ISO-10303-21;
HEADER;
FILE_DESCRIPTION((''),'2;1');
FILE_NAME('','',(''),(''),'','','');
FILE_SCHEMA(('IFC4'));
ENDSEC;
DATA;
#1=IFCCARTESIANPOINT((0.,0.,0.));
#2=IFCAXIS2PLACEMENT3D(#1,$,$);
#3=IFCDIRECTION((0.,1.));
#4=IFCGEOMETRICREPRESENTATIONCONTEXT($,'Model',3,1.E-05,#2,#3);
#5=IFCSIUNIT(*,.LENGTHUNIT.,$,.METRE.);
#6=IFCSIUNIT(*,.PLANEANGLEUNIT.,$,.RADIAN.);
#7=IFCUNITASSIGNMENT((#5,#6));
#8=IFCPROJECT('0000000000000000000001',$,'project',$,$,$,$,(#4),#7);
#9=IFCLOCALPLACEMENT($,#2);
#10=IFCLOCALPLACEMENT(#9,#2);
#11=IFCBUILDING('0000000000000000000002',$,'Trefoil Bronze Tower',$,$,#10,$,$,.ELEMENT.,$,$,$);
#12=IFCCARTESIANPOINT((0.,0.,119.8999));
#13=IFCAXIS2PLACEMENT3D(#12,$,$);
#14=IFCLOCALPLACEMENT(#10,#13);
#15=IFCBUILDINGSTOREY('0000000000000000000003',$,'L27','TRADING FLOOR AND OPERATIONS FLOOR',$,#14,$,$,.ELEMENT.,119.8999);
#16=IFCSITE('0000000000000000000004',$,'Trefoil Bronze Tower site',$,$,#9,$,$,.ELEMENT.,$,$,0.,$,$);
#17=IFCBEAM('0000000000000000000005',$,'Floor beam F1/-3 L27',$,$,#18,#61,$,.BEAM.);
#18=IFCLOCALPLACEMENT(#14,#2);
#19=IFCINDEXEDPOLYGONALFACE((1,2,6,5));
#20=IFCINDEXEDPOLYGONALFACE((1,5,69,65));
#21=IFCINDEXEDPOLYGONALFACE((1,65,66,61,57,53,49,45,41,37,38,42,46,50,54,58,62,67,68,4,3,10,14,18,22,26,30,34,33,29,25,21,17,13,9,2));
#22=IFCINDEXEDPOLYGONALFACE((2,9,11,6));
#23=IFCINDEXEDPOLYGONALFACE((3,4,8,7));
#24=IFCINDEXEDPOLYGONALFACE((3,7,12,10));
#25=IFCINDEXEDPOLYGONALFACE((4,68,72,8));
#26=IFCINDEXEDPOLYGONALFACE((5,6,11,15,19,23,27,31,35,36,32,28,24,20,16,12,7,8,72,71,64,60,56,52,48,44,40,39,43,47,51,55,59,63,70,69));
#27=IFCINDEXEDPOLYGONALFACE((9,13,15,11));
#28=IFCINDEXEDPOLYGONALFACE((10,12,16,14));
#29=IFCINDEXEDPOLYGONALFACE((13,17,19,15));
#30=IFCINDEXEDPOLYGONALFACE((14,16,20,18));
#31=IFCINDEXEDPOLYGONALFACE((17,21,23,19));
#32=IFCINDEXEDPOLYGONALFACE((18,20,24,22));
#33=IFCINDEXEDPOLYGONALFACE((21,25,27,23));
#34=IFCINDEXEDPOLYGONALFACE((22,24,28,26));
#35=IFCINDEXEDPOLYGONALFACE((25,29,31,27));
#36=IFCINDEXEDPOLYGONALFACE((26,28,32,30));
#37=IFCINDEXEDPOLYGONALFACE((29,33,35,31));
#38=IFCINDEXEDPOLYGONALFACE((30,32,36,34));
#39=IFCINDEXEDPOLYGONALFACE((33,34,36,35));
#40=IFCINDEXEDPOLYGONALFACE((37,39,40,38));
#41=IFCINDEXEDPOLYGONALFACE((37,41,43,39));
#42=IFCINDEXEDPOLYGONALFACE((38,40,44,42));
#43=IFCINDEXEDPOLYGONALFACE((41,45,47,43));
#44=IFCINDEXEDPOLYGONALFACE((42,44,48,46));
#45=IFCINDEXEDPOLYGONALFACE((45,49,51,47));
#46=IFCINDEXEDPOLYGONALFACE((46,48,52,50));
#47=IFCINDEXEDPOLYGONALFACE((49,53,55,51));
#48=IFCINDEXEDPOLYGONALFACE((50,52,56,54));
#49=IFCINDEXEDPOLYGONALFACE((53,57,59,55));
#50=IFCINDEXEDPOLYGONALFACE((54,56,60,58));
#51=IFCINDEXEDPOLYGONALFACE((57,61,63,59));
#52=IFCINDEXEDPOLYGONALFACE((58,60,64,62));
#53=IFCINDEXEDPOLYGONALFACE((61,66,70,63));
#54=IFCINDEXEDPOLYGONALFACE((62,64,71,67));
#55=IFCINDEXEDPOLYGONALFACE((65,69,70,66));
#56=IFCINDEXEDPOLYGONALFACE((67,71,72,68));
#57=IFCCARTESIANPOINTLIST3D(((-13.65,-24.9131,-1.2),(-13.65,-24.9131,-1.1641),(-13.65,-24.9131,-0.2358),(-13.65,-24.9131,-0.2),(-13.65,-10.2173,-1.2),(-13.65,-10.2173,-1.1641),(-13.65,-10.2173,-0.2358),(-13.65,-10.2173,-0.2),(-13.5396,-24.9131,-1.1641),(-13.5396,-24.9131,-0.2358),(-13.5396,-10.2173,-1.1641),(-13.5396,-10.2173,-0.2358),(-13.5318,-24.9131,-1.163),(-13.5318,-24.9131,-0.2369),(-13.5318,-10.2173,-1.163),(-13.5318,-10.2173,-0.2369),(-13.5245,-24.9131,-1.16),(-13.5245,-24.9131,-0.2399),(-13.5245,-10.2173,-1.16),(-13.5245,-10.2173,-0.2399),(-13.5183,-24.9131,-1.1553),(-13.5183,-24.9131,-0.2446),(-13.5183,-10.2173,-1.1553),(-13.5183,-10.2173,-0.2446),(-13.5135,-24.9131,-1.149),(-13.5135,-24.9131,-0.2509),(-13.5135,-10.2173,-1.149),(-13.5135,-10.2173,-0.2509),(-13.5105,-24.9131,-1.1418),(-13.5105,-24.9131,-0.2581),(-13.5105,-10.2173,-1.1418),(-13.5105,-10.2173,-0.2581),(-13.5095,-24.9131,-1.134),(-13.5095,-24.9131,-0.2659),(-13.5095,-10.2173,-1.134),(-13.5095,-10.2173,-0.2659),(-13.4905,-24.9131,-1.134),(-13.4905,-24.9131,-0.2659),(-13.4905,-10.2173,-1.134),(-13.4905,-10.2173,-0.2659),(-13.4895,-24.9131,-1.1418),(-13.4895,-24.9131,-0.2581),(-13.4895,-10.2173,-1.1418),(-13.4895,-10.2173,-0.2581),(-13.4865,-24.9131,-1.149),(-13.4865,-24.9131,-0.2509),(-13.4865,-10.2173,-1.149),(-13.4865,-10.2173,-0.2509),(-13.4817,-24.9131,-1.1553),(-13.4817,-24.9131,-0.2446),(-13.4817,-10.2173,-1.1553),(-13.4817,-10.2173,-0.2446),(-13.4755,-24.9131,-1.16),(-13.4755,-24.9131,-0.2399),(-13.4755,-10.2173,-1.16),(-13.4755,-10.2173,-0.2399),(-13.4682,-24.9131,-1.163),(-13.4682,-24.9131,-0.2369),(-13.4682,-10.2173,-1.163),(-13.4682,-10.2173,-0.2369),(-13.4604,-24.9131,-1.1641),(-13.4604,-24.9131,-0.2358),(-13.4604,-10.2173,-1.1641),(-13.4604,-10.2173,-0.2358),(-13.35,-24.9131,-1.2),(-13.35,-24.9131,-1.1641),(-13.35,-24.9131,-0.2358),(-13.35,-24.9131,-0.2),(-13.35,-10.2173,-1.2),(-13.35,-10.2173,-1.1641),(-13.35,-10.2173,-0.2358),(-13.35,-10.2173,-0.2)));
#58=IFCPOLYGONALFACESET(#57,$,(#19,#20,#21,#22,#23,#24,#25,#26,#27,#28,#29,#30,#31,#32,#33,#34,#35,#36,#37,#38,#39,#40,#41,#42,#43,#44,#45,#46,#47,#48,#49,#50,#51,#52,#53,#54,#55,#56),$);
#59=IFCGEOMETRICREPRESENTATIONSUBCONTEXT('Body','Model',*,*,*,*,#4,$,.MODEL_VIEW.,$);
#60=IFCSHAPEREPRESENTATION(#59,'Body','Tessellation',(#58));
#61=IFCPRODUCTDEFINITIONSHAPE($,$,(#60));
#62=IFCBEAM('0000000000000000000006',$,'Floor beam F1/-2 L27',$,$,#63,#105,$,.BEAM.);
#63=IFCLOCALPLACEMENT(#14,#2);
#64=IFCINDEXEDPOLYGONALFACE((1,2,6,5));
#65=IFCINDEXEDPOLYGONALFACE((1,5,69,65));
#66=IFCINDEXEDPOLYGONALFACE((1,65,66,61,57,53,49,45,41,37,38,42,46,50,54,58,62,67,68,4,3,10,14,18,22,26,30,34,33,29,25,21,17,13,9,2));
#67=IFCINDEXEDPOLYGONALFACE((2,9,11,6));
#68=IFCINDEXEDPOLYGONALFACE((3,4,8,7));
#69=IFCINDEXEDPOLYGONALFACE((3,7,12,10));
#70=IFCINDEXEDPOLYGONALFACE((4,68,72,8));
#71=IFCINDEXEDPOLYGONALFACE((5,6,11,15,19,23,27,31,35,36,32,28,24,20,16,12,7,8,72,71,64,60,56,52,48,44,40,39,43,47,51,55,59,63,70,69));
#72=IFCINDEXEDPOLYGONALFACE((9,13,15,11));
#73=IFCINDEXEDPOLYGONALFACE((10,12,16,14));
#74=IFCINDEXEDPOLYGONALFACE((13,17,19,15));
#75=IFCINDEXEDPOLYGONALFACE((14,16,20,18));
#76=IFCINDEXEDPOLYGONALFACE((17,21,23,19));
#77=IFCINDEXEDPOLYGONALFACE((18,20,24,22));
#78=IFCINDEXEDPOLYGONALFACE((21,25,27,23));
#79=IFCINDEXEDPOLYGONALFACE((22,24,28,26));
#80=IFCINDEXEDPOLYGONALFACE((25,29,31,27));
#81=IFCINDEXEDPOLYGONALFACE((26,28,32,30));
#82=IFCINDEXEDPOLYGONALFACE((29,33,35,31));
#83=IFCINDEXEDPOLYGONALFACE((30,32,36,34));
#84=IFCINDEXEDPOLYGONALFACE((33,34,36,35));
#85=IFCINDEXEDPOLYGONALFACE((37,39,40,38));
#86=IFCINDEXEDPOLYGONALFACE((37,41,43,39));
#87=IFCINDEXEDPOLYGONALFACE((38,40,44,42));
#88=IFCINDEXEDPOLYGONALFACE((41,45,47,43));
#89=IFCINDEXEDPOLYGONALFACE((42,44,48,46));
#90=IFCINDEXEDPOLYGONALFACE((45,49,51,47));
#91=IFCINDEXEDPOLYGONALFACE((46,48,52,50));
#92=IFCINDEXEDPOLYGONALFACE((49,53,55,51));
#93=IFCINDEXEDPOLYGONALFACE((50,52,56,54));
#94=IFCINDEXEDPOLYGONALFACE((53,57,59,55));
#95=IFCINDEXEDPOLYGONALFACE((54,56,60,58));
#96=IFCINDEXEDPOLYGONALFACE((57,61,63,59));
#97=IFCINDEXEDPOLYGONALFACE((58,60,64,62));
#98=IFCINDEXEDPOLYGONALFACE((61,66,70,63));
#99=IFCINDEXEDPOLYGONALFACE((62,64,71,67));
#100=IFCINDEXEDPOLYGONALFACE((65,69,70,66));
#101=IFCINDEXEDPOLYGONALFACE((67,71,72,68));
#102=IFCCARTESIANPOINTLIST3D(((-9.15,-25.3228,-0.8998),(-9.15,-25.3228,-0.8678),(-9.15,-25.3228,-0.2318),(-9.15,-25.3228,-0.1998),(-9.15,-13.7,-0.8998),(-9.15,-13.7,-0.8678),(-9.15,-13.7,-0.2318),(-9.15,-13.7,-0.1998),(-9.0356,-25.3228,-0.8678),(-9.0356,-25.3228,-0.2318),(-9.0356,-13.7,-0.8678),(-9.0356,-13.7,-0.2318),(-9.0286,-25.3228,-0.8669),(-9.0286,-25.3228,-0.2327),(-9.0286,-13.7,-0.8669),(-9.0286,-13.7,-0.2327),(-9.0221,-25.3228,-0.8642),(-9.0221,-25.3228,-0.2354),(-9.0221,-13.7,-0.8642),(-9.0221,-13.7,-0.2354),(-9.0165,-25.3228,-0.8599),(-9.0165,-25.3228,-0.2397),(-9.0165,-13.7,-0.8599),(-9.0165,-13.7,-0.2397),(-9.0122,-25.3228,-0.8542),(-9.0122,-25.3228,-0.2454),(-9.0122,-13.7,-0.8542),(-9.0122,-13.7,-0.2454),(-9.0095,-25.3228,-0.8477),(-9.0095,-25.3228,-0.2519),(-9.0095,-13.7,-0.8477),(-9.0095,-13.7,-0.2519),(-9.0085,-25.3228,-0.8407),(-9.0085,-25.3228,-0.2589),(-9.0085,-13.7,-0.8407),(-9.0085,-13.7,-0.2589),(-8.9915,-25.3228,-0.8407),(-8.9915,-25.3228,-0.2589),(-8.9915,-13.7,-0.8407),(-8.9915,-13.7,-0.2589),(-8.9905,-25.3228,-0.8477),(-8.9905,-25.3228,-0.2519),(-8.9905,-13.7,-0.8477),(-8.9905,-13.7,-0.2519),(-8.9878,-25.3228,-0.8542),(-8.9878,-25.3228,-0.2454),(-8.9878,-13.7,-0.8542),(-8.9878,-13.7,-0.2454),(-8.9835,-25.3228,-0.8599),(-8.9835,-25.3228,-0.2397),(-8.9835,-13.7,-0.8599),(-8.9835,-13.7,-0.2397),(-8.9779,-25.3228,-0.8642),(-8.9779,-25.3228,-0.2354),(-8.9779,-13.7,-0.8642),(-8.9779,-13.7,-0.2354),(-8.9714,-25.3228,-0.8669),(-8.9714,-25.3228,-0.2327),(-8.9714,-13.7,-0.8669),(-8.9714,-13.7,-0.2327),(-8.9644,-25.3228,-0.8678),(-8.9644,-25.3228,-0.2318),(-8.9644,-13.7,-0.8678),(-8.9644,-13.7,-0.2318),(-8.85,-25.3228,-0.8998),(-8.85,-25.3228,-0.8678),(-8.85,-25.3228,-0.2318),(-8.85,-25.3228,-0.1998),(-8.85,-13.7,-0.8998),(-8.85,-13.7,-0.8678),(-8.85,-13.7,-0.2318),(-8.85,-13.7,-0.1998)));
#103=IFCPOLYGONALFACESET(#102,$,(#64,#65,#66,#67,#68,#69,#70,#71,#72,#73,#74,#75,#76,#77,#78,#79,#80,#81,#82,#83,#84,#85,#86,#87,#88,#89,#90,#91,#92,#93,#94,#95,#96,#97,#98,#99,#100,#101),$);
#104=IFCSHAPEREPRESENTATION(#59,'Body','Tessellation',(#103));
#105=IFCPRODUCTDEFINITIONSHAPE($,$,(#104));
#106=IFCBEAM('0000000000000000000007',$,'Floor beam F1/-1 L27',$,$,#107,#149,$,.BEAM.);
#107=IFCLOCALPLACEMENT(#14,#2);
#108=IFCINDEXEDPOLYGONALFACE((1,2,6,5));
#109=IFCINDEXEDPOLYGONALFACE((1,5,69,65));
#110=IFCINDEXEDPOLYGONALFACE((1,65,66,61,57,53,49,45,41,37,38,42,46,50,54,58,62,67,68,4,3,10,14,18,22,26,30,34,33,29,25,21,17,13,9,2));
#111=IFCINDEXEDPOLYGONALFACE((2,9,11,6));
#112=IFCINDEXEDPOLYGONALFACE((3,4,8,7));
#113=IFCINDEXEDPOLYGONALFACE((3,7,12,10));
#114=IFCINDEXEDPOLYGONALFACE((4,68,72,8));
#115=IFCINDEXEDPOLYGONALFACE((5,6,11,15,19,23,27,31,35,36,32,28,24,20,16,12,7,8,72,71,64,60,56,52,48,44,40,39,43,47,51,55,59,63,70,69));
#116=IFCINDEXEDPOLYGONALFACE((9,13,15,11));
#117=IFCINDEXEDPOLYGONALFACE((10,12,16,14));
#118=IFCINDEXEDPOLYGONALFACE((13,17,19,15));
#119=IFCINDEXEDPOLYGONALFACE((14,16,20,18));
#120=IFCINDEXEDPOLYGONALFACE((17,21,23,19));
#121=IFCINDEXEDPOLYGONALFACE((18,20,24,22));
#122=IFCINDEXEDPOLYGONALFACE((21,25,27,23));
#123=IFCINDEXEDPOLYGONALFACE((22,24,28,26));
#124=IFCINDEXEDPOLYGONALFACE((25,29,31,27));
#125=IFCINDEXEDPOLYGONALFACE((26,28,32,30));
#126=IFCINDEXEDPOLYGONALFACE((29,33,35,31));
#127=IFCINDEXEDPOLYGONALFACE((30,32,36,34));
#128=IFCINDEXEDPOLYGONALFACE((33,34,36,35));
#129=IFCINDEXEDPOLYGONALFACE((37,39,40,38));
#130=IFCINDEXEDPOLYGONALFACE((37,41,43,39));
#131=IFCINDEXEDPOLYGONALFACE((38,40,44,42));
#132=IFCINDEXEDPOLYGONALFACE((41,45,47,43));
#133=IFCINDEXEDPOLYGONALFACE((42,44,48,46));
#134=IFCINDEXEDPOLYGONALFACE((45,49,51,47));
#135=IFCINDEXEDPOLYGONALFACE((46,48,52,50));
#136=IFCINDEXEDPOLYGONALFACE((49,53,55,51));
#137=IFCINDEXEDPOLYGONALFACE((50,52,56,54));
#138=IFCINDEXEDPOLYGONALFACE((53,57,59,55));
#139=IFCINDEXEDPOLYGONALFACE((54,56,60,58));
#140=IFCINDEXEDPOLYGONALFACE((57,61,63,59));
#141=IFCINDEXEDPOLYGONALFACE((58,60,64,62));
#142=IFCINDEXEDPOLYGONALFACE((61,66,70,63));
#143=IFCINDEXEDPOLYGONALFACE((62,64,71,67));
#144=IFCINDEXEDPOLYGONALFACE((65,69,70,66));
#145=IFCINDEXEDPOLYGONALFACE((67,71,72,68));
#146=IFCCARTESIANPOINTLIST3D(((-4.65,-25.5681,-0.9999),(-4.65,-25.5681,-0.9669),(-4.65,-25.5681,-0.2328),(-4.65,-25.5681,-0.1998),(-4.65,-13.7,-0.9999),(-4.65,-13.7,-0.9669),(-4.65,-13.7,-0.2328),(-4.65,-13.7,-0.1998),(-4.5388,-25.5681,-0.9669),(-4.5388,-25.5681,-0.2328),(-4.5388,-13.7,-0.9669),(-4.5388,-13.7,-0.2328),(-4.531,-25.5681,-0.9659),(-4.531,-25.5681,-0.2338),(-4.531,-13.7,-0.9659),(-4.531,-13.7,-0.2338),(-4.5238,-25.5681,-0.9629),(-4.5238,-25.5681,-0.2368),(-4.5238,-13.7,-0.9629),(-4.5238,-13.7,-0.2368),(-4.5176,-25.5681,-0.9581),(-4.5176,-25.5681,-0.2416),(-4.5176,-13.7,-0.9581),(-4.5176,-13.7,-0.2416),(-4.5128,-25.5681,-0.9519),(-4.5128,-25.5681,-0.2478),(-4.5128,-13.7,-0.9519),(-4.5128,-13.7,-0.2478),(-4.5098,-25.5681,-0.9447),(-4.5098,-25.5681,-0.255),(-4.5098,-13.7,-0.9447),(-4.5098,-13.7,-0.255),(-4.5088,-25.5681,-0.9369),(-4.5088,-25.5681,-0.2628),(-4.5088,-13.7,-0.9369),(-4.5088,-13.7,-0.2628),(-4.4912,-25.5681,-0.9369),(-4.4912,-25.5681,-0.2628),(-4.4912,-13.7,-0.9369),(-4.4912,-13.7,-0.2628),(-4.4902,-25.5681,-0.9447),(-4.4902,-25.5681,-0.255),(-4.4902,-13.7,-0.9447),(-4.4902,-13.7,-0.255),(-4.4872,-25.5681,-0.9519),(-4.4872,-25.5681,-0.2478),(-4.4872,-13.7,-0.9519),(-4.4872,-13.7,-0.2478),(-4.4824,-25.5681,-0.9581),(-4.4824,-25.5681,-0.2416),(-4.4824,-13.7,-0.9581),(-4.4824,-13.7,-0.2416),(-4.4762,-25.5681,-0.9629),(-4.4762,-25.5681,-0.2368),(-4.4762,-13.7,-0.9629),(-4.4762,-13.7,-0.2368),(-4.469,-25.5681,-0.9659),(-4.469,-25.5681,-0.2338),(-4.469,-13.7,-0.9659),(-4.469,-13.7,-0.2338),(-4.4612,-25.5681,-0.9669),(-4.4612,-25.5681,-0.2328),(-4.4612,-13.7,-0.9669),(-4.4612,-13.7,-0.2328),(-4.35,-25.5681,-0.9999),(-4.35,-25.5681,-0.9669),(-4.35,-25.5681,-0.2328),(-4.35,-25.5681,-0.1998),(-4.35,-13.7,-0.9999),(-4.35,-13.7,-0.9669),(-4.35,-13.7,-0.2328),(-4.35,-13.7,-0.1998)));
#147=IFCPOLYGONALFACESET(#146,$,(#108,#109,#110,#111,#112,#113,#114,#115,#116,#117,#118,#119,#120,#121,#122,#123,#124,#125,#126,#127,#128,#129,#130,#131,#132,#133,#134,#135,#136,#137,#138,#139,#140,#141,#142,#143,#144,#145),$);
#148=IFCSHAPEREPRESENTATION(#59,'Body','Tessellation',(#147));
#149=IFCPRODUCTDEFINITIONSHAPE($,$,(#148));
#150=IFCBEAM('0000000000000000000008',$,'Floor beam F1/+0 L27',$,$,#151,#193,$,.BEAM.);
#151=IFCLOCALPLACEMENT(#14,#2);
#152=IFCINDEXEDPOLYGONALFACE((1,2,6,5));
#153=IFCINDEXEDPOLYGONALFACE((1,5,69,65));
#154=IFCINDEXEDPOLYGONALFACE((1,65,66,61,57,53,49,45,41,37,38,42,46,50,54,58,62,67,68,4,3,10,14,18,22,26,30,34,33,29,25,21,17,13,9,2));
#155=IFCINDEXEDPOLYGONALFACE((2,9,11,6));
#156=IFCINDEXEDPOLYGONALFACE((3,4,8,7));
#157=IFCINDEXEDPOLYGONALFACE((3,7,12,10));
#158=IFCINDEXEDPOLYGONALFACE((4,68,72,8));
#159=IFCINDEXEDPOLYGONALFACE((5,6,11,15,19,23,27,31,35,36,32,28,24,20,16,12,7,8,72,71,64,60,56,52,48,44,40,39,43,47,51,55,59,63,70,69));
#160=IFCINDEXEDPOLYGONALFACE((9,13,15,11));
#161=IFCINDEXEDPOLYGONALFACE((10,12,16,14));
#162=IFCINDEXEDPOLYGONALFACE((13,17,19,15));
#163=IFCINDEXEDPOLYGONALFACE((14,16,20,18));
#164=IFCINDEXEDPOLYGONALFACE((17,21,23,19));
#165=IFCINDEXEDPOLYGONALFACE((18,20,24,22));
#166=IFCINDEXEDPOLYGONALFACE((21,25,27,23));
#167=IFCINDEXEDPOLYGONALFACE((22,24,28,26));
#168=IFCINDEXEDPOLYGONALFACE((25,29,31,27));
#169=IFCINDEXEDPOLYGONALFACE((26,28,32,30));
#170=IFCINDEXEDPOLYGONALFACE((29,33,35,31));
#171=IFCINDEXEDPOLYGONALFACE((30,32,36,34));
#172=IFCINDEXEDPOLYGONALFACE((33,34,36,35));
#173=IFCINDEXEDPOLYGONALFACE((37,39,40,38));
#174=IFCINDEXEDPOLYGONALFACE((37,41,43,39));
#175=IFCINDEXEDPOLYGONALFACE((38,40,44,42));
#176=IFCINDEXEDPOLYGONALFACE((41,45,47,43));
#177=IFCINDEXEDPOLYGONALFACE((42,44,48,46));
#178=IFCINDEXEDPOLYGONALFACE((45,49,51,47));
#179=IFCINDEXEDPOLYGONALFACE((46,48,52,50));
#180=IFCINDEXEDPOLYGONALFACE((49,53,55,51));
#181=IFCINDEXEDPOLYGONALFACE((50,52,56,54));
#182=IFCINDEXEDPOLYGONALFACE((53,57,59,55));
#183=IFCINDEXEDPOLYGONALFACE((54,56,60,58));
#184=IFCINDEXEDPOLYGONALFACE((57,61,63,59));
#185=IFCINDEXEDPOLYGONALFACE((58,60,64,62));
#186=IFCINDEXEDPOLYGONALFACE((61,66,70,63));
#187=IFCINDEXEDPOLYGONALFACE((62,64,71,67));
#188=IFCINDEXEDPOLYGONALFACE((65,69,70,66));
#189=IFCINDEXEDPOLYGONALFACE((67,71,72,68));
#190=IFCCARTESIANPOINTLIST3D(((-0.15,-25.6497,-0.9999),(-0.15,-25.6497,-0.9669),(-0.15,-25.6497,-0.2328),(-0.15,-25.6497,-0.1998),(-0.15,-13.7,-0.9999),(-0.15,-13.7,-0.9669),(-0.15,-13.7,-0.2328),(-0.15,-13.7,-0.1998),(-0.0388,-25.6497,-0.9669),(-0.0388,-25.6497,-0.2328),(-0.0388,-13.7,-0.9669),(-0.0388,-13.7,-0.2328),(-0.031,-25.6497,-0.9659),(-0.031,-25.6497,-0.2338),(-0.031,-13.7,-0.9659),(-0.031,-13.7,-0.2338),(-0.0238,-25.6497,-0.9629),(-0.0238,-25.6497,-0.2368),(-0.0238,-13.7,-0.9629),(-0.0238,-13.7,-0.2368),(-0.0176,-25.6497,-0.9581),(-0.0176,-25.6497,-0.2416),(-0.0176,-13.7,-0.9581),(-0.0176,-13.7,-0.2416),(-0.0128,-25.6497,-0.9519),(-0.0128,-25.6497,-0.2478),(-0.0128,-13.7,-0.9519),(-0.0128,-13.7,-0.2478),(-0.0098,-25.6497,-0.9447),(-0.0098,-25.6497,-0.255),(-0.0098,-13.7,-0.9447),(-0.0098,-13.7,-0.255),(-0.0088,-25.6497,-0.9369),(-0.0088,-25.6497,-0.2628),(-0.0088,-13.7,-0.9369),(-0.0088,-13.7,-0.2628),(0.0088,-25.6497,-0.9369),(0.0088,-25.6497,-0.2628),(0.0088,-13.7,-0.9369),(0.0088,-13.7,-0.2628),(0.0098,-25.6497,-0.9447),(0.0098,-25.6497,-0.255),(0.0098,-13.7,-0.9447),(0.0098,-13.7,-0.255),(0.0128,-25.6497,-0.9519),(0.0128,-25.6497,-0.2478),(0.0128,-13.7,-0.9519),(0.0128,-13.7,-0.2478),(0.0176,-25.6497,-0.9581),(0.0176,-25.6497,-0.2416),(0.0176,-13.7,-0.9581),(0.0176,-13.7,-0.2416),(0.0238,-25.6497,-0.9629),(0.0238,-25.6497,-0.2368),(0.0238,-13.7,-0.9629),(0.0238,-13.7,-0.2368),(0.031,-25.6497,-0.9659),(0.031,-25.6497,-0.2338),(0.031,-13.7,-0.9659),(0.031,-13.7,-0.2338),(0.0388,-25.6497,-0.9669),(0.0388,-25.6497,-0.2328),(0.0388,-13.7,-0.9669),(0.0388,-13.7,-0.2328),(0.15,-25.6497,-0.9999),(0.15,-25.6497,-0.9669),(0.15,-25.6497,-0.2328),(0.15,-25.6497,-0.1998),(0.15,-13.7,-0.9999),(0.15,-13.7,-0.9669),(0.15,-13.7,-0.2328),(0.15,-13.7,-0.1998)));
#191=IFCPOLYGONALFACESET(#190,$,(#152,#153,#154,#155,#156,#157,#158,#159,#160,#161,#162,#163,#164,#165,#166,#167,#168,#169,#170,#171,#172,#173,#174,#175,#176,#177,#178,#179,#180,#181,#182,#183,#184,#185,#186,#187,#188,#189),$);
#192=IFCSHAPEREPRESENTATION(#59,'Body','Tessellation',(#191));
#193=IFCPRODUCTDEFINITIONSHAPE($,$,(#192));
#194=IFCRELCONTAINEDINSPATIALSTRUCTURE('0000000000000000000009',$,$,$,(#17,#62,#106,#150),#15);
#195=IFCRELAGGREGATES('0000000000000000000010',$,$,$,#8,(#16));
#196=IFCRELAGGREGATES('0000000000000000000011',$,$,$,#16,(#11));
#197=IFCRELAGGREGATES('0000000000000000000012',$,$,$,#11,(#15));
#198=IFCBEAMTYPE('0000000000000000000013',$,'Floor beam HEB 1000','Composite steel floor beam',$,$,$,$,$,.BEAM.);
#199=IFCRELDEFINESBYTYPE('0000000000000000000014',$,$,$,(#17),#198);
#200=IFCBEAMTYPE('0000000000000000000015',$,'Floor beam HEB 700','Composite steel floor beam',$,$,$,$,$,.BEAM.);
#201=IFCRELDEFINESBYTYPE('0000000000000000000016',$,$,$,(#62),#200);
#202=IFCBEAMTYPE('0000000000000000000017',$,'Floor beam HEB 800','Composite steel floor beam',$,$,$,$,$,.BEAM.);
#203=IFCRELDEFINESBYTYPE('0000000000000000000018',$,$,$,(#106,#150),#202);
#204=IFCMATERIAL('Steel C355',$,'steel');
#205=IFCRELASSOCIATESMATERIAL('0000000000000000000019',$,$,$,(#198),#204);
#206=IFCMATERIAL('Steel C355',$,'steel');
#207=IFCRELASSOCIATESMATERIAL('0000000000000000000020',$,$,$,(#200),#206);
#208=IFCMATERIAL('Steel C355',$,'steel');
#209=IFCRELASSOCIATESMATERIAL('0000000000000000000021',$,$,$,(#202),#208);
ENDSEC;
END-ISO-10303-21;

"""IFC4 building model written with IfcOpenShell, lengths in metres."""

from ifc_helpers import new_model, si_unit, direction, frame, origin, origin_2d, place, context, subcontext, project, spatial, i_section, extrude, material, material_profile, profile_set, type_object, element, save


model = new_model("IFC4")

# Units and contexts
model_context = context("Model", 3, precision=1e-05, world=origin(), true_north=direction((0.0, 1.0)))
body_context = subcontext(model_context, "Body", "Model", "MODEL_VIEW")
ifc_project = project(units=[si_unit("LENGTHUNIT", "METRE"), si_unit("PLANEANGLEUNIT", "RADIAN")], contexts=[model_context])

# Site, building, storey
site_placement = place(None, origin())
site = spatial("IfcSite", under=ifc_project, at=site_placement, Name="Trefoil Bronze Tower site", CompositionType="ELEMENT", RefElevation=0.0)
building_placement = place(site_placement, origin())
building = spatial("IfcBuilding", under=site, at=building_placement, Name="Trefoil Bronze Tower", CompositionType="ELEMENT")
storey_placement = place(building_placement, frame((0.0, 0.0, 119.8999)))
storey = spatial("IfcBuildingStorey", under=building, at=storey_placement, Name="L27", Description="TRADING FLOOR AND OPERATIONS FLOOR", CompositionType="ELEMENT", Elevation=119.8999)

# Beams
ifc_material_1 = material(Name="Steel C355", Category="steel")
ifc_material_profile_1 = material_profile(ifc_material_1, i_section(OverallWidth=0.3, OverallDepth=1.0, WebThickness=0.019, FlangeThickness=0.0359, FilletRadius=0.03, at=origin_2d()), Name="HEB 1000")
ifc_profile_set_1 = profile_set([ifc_material_profile_1], Name="Steel C355")
beam_type_1 = type_object("IfcBeamType", Name="Floor beam HEB 1000", Description="Composite steel floor beam", PredefinedType="BEAM", material=ifc_profile_set_1)
beam_1_placement = place(storey_placement, frame((-13.5, -24.9131, -0.7), z_axis=(0.0, 1.0, 0.0), x_axis=(-1.0, 0.0, 0.0)))
element("IfcBeam", 1, at=beam_1_placement, inside=storey, type_object=beam_type_1, Name="Floor beam F1/-3 L27", PredefinedType="BEAM", context=body_context, shape_type="SweptSolid", body=[
    extrude(i_section(OverallWidth=0.3, OverallDepth=1.0, WebThickness=0.019, FlangeThickness=0.0359, FilletRadius=0.03, at=origin_2d()), origin(), (0.0, 0.0, 1.0), 14.6958),
])
ifc_material_2 = material(Name="Steel C355", Category="steel")
ifc_material_profile_2 = material_profile(ifc_material_2, i_section(OverallWidth=0.3, OverallDepth=0.7, WebThickness=0.0171, FlangeThickness=0.032, FilletRadius=0.0271, at=origin_2d()), Name="HEB 700")
ifc_profile_set_2 = profile_set([ifc_material_profile_2], Name="Steel C355")
beam_type_2 = type_object("IfcBeamType", Name="Floor beam HEB 700", Description="Composite steel floor beam", PredefinedType="BEAM", material=ifc_profile_set_2)
beam_2_placement = place(storey_placement, frame((-9.0, -25.3228, -0.5498), z_axis=(0.0, 1.0, 0.0), x_axis=(-1.0, 0.0, 0.0)))
element("IfcBeam", 2, at=beam_2_placement, inside=storey, type_object=beam_type_2, Name="Floor beam F1/-2 L27", PredefinedType="BEAM", context=body_context, shape_type="SweptSolid", body=[
    extrude(i_section(OverallWidth=0.3, OverallDepth=0.7, WebThickness=0.0171, FlangeThickness=0.032, FilletRadius=0.0271, at=origin_2d()), origin(), (0.0, 0.0, 1.0), 11.6228),
])
ifc_material_3 = material(Name="Steel C355", Category="steel")
ifc_material_profile_3 = material_profile(ifc_material_3, i_section(OverallWidth=0.3, OverallDepth=0.8, WebThickness=0.0176, FlangeThickness=0.033, FilletRadius=0.03, at=origin_2d()), Name="HEB 800")
ifc_profile_set_3 = profile_set([ifc_material_profile_3], Name="Steel C355")
beam_type_3 = type_object("IfcBeamType", Name="Floor beam HEB 800", Description="Composite steel floor beam", PredefinedType="BEAM", material=ifc_profile_set_3)
beam_3_placement = place(storey_placement, frame((-4.5, -25.5681, -0.5999), z_axis=(0.0, 1.0, 0.0), x_axis=(-1.0, 0.0, 0.0)))
element("IfcBeam", 3, at=beam_3_placement, inside=storey, type_object=beam_type_3, Name="Floor beam F1/-1 L27", PredefinedType="BEAM", context=body_context, shape_type="SweptSolid", body=[
    extrude(i_section(OverallWidth=0.3, OverallDepth=0.8, WebThickness=0.0176, FlangeThickness=0.033, FilletRadius=0.03, at=origin_2d()), origin(), (0.0, 0.0, 1.0), 11.8682),
])
beam_4_placement = place(storey_placement, frame((0.0, -25.6497, -0.5999), z_axis=(0.0, 1.0, 0.0), x_axis=(-1.0, 0.0, 0.0)))
element("IfcBeam", 4, at=beam_4_placement, inside=storey, type_object=beam_type_3, Name="Floor beam F1/+0 L27", PredefinedType="BEAM", context=body_context, shape_type="SweptSolid", body=[
    extrude(i_section(OverallWidth=0.3, OverallDepth=0.8, WebThickness=0.0176, FlangeThickness=0.033, FilletRadius=0.03, at=origin_2d()), origin(), (0.0, 0.0, 1.0), 11.9497),
])

save(model, "model.ifc")
